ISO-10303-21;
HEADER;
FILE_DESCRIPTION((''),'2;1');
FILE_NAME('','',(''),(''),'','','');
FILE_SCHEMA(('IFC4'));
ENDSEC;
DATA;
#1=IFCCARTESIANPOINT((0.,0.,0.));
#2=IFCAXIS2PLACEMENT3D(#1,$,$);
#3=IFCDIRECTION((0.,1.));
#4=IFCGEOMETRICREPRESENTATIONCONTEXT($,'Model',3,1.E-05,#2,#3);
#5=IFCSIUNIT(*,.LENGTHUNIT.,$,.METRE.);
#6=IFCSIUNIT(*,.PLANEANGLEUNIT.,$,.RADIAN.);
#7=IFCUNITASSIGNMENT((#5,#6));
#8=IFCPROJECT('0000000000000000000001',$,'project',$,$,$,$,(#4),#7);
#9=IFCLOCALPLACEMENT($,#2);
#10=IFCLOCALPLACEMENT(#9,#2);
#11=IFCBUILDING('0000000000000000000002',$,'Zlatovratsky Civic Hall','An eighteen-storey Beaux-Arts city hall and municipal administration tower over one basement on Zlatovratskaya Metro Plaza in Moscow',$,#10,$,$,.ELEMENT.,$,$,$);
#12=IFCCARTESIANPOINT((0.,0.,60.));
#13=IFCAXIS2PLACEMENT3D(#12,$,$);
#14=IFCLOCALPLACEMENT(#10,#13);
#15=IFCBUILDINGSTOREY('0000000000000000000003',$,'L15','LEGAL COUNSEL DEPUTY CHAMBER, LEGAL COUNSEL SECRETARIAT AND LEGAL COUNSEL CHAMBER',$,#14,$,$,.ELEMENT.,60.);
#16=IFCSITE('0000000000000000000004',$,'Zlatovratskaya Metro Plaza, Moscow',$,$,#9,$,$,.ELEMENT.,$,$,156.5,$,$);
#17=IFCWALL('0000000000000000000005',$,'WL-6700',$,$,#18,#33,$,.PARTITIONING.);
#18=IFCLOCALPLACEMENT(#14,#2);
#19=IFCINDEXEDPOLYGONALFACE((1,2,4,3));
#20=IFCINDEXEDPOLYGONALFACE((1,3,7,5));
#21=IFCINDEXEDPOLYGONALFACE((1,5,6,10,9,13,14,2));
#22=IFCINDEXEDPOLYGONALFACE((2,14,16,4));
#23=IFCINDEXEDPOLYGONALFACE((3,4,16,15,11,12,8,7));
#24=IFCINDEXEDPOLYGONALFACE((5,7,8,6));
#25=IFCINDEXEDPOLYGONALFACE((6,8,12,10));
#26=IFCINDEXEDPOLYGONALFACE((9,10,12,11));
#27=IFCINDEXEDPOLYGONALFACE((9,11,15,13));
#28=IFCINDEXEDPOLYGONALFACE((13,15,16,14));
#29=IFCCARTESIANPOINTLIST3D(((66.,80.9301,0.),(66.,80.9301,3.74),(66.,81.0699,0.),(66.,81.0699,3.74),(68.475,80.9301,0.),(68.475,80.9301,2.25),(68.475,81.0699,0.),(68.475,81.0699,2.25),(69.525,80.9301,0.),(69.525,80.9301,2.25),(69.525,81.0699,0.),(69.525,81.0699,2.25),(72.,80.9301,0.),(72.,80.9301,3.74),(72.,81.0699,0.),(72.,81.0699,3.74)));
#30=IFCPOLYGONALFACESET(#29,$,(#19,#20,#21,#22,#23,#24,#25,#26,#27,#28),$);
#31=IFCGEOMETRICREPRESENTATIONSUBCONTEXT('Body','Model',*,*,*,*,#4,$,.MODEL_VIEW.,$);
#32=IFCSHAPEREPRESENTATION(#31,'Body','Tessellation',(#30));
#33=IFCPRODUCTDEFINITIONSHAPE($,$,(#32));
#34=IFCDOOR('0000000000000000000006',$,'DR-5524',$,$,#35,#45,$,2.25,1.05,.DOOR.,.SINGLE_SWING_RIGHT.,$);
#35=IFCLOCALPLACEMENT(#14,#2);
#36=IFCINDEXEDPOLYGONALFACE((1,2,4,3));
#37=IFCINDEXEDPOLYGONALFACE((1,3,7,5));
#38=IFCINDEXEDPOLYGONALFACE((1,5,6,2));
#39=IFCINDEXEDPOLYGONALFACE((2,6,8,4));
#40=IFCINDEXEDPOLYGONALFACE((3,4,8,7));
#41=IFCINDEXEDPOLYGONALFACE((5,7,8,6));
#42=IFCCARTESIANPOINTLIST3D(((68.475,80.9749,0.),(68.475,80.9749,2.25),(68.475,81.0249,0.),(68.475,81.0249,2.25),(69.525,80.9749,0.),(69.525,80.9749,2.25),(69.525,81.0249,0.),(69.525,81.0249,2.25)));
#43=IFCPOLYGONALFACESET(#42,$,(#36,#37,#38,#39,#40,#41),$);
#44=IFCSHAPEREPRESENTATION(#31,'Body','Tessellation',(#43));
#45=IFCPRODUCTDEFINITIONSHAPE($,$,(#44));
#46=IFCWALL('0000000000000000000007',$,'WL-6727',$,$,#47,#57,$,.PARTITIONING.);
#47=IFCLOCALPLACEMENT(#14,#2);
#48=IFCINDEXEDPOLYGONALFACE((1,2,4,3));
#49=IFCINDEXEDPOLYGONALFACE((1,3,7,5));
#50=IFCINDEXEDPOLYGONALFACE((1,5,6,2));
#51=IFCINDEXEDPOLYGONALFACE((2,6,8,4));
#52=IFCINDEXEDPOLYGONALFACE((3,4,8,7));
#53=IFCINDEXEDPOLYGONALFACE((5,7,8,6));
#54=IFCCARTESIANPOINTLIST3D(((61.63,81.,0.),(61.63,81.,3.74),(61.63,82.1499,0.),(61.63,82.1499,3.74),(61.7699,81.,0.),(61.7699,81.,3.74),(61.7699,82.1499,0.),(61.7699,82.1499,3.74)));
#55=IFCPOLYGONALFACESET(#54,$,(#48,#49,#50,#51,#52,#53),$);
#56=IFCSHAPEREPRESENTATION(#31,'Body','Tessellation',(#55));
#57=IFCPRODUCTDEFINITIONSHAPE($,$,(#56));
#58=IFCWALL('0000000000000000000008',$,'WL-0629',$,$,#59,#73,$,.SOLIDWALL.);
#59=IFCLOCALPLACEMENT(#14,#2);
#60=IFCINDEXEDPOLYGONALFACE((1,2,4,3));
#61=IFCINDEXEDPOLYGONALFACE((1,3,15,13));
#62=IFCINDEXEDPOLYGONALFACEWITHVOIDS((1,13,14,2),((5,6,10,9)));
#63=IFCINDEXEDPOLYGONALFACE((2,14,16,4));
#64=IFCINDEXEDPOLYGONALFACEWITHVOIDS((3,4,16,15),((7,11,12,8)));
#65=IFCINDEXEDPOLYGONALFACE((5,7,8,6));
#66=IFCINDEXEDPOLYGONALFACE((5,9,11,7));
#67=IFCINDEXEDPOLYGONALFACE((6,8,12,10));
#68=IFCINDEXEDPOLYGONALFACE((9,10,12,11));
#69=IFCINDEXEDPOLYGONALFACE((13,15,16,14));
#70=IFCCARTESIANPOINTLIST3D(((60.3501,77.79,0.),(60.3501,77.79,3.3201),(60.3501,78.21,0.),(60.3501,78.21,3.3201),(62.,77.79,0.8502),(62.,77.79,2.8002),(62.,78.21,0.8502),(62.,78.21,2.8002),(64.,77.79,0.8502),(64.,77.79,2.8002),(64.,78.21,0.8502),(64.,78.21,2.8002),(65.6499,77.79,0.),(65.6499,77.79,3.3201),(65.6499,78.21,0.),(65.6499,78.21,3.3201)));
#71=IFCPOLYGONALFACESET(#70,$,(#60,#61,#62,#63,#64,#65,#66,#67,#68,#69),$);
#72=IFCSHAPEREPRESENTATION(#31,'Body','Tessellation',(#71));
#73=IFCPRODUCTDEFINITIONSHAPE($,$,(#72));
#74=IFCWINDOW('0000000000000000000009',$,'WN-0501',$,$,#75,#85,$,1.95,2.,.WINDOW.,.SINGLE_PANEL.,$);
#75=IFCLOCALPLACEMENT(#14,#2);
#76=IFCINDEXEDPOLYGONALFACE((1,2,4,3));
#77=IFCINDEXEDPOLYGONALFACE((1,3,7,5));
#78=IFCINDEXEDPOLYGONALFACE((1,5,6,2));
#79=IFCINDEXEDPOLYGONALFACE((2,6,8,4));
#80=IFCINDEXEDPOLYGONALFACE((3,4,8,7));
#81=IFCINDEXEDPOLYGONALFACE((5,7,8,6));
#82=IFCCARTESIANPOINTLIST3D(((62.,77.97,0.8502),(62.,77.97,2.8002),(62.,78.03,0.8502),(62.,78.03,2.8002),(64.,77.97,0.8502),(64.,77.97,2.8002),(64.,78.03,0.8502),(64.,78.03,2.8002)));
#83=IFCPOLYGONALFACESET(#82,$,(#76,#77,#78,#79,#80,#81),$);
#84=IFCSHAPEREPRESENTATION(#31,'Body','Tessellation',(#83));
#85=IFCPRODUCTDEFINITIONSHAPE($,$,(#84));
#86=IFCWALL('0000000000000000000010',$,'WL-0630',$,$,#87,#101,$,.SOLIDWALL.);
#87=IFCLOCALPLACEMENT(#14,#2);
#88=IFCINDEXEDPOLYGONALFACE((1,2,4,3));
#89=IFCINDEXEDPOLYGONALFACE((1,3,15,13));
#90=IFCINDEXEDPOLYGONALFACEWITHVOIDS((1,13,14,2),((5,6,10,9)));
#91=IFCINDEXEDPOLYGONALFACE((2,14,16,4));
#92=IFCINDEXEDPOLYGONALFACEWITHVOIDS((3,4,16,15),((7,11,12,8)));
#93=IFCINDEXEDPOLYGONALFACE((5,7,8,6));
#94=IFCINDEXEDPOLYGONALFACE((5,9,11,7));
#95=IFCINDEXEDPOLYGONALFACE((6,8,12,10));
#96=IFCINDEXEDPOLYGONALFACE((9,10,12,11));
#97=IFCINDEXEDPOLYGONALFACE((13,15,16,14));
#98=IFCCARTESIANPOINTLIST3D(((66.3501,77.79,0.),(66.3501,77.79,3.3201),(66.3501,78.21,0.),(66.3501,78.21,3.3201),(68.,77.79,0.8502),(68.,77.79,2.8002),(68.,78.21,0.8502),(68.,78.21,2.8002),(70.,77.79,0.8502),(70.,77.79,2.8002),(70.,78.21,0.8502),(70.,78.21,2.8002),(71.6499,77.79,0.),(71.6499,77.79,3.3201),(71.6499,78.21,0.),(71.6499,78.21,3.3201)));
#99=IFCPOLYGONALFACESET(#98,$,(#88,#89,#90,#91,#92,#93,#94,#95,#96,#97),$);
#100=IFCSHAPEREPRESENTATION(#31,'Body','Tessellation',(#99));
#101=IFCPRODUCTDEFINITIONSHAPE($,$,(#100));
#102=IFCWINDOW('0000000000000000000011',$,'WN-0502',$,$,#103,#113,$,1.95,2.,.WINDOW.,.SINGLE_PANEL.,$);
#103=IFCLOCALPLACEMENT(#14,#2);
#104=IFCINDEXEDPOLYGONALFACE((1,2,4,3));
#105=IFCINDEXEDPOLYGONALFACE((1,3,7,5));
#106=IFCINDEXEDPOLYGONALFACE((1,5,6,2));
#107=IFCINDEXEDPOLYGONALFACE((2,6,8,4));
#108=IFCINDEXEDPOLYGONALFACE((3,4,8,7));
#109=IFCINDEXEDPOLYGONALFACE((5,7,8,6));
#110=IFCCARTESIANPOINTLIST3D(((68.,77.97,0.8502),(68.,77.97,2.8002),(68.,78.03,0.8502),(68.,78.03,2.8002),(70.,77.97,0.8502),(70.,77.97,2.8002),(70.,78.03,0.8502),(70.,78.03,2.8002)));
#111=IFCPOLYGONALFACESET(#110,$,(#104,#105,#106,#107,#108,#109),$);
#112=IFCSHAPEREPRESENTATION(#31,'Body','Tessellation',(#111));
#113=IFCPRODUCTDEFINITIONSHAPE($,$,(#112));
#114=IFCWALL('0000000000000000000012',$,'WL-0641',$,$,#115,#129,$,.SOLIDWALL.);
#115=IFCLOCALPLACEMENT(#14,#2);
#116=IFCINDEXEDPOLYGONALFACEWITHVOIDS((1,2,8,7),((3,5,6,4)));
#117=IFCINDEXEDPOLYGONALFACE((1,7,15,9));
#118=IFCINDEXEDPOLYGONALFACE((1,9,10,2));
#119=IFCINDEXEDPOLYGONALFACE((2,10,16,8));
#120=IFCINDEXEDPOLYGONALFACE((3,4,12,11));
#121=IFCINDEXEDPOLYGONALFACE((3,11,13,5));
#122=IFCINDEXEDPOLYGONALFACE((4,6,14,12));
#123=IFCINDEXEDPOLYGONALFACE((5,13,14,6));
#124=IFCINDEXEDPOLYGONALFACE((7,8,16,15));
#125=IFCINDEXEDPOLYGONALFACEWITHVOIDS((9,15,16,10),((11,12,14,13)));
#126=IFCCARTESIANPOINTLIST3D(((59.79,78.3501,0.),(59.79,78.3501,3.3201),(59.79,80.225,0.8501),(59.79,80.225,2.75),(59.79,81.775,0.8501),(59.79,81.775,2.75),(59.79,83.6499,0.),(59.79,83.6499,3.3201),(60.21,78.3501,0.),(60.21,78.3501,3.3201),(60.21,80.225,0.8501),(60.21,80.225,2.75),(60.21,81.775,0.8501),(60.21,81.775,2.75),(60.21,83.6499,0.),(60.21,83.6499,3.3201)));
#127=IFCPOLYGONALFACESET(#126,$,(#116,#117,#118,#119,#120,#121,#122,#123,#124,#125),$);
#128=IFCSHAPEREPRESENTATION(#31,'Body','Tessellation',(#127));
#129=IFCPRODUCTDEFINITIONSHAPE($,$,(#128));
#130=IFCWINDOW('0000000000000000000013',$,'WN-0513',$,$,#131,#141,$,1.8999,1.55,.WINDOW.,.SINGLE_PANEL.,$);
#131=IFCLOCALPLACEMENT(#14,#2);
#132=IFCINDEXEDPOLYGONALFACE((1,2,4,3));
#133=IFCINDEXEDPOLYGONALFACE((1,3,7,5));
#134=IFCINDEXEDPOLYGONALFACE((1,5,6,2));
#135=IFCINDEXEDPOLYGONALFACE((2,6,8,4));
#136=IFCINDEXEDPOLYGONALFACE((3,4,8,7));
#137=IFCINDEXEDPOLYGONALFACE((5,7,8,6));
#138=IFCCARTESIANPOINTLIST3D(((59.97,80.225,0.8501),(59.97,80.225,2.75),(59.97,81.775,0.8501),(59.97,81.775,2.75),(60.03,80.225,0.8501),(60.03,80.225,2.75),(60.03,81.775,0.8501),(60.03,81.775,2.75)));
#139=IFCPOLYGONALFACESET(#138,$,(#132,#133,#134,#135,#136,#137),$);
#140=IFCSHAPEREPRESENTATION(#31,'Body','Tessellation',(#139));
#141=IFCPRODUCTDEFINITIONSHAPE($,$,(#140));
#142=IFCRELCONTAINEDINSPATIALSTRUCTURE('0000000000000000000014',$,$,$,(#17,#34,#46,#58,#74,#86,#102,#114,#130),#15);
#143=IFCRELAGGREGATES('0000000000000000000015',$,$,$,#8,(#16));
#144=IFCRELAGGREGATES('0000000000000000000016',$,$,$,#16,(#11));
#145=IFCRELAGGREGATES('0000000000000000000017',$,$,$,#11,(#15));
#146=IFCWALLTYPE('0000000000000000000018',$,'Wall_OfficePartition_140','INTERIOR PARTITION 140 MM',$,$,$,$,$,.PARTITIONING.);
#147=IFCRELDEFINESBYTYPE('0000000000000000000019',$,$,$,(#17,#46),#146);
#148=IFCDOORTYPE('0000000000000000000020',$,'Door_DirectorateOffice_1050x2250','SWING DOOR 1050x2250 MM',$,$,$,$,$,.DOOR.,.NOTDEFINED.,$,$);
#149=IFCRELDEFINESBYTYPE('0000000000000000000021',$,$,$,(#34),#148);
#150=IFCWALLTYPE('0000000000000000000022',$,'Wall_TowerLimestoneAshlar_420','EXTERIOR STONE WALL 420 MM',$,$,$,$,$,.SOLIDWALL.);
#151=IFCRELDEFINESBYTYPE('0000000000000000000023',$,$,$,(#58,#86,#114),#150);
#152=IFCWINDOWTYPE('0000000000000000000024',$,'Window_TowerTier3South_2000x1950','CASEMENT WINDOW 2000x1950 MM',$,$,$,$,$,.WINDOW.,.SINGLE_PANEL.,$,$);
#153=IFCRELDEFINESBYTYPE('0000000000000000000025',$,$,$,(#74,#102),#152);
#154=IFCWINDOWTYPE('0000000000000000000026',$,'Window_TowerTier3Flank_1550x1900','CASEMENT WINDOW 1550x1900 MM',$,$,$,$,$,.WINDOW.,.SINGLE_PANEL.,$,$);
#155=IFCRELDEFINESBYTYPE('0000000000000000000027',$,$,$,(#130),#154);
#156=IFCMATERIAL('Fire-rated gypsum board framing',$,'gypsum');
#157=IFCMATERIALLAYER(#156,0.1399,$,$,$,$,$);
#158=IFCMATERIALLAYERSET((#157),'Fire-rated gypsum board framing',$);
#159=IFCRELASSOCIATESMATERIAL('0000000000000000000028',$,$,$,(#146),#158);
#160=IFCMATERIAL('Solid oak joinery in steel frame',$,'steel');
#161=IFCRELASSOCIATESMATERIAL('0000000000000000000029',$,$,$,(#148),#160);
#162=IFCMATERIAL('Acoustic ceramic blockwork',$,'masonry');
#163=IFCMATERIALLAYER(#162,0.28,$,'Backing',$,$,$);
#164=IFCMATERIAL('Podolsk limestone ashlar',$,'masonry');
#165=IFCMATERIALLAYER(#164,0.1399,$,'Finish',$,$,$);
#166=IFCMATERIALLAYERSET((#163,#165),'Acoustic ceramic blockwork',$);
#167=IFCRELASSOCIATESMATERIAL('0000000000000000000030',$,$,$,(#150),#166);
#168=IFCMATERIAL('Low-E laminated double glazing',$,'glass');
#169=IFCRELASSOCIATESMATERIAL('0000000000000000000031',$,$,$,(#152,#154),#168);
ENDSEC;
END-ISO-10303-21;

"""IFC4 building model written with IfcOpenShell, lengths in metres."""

from ifc_helpers import new_model, si_unit, direction, frame, frame_2d, origin, place, context, subcontext, project, spatial, rectangle, extrude, material, layer, layer_set, type_object, element, fill, save


model = new_model("IFC4")

# Units and contexts
model_context = context("Model", 3, precision=1e-05, world=origin(), true_north=direction((0.0, 1.0)))
body_context = subcontext(model_context, "Body", "Model", "MODEL_VIEW")
ifc_project = project(units=[si_unit("LENGTHUNIT", "METRE"), si_unit("PLANEANGLEUNIT", "RADIAN")], contexts=[model_context])

# Site, building, storey
site_placement = place(None, origin())
site = spatial("IfcSite", under=ifc_project, at=site_placement, Name="Zlatovratskaya Metro Plaza, Moscow", CompositionType="ELEMENT", RefElevation=156.5)
building_placement = place(site_placement, origin())
building = spatial("IfcBuilding", under=site, at=building_placement, Name="Zlatovratsky Civic Hall", Description="An eighteen-storey Beaux-Arts city hall and municipal administration tower over one basement on Zlatovratskaya Metro Plaza in Moscow", CompositionType="ELEMENT")
storey_placement = place(building_placement, frame((0.0, 0.0, 60.0)))
storey = spatial("IfcBuildingStorey", under=building, at=storey_placement, Name="L15", Description="LEGAL COUNSEL DEPUTY CHAMBER, LEGAL COUNSEL SECRETARIAT AND LEGAL COUNSEL CHAMBER", CompositionType="ELEMENT", Elevation=60.0)

# Shared definitions
ifc_material_1 = material(Name="Acoustic ceramic blockwork", Category="masonry")

# Wall, opening, door
ifc_material_2 = material(Name="Fire-rated gypsum board framing", Category="gypsum")
ifc_layer_1 = layer(ifc_material_2, 0.1399)
ifc_layer_set_1 = layer_set([ifc_layer_1], Name="Fire-rated gypsum board framing")
wall_type_1 = type_object("IfcWallType", Name="Wall_OfficePartition_140", Description="INTERIOR PARTITION 140 MM", PredefinedType="PARTITIONING", material=ifc_layer_set_1)
wall_1_placement = place(storey_placement, frame((66.0, 81.0, 0.0), z_axis=(0.0, 0.0, 1.0), x_axis=(1.0, 0.0, 0.0)))
wall_1 = element("IfcWall", 1, at=wall_1_placement, inside=storey, type_object=wall_type_1, Name="WL-6700", PredefinedType="PARTITIONING", context=body_context, shape_type="SweptSolid", body=[
    extrude(rectangle(XDim=6.0, YDim=0.1399, at=frame_2d((3.0, 0.0))), origin(), (0.0, 0.0, 1.0), 3.74),
])
opening_1_placement = place(wall_1_placement, frame((2.4751, 0.0, 0.0)))
opening_1 = element("IfcOpeningElement", 2, at=opening_1_placement, cuts=wall_1, PredefinedType="OPENING", context=body_context, shape_type="SweptSolid", body=[
    extrude(rectangle(XDim=1.05, YDim=2.25, at=frame_2d((0.5249, 1.125))), frame((0.0, 0.085, 0.0), z_axis=(0.0, -1.0, 0.0), x_axis=(1.0, 0.0, 0.0)), (0.0, 0.0, 1.0), 0.1697),
])
ifc_material_3 = material(Name="Solid oak joinery in steel frame", Category="steel")
door_type = type_object("IfcDoorType", Name="Door_DirectorateOffice_1050x2250", Description="SWING DOOR 1050x2250 MM", OperationType="NOTDEFINED", PredefinedType="DOOR", material=ifc_material_3)
door_placement = place(opening_1_placement, origin())
door = element("IfcDoor", 3, at=door_placement, inside=storey, type_object=door_type, Name="DR-5524", OperationType="SINGLE_SWING_RIGHT", OverallHeight=2.25, OverallWidth=1.05, PredefinedType="DOOR", context=body_context, shape_type="SweptSolid", body=[
    extrude(rectangle(XDim=1.05, YDim=2.25, at=frame_2d((0.5249, 1.125))), frame((0.0, 0.0249, 0.0), z_axis=(0.0, -1.0, 0.0), x_axis=(1.0, 0.0, 0.0)), (0.0, 0.0, 1.0), 0.05),
])
fill(opening_1, door)

# Wall
wall_2_placement = place(storey_placement, frame((61.7, 81.0, 0.0), z_axis=(0.0, 0.0, 1.0), x_axis=(0.0, 1.0, 0.0)))
element("IfcWall", 4, at=wall_2_placement, inside=storey, type_object=wall_type_1, Name="WL-6727", PredefinedType="PARTITIONING", context=body_context, shape_type="SweptSolid", body=[
    extrude(rectangle(XDim=1.1499, YDim=0.1399, at=frame_2d((0.575, 0.0))), origin(), (0.0, 0.0, 1.0), 3.74),
])

# Walls, openings, windows
ifc_layer_2 = layer(ifc_material_1, 0.28, Name="Backing")
ifc_material_4 = material(Name="Podolsk limestone ashlar", Category="masonry")
ifc_layer_3 = layer(ifc_material_4, 0.1399, Name="Finish")
ifc_layer_set_2 = layer_set([ifc_layer_2, ifc_layer_3], Name="Acoustic ceramic blockwork")
wall_type_2 = type_object("IfcWallType", Name="Wall_TowerLimestoneAshlar_420", Description="EXTERIOR STONE WALL 420 MM", PredefinedType="SOLIDWALL", material=ifc_layer_set_2)
wall_3_placement = place(storey_placement, frame((60.3501, 78.0, 0.0), z_axis=(0.0, 0.0, 1.0), x_axis=(1.0, 0.0, 0.0)))
wall_3 = element("IfcWall", 5, at=wall_3_placement, inside=storey, type_object=wall_type_2, Name="WL-0629", PredefinedType="SOLIDWALL", context=body_context, shape_type="SweptSolid", body=[
    extrude(rectangle(XDim=5.2998, YDim=0.4199, at=frame_2d((2.6499, 0.0))), origin(), (0.0, 0.0, 1.0), 3.3201),
])
opening_2_placement = place(wall_3_placement, frame((1.6499, 0.0, 0.8501)))
opening_2 = element("IfcOpeningElement", 6, at=opening_2_placement, cuts=wall_3, PredefinedType="OPENING", context=body_context, shape_type="SweptSolid", body=[
    extrude(rectangle(XDim=2.0, YDim=1.95, at=frame_2d((1.0, 0.9751))), frame((0.0, 0.2249, 0.0), z_axis=(0.0, -1.0, 0.0), x_axis=(1.0, 0.0, 0.0)), (0.0, 0.0, 1.0), 0.4497),
])
ifc_material_5 = material(Name="Low-E laminated double glazing", Category="glass")
window_type_1 = type_object("IfcWindowType", Name="Window_TowerTier3South_2000x1950", Description="CASEMENT WINDOW 2000x1950 MM", PartitioningType="SINGLE_PANEL", PredefinedType="WINDOW", material=ifc_material_5)
window_1_placement = place(opening_2_placement, origin())
window_1 = element("IfcWindow", 7, at=window_1_placement, inside=storey, type_object=window_type_1, Name="WN-0501", OverallHeight=1.95, OverallWidth=2.0, PartitioningType="SINGLE_PANEL", PredefinedType="WINDOW", context=body_context, shape_type="SweptSolid", body=[
    extrude(rectangle(XDim=2.0, YDim=1.95, at=frame_2d((1.0, 0.9751))), frame((0.0, 0.03, 0.0), z_axis=(0.0, -1.0, 0.0), x_axis=(1.0, 0.0, 0.0)), (0.0, 0.0, 1.0), 0.0601),
])
fill(opening_2, window_1)
wall_4_placement = place(storey_placement, frame((66.3501, 78.0, 0.0), z_axis=(0.0, 0.0, 1.0), x_axis=(1.0, 0.0, 0.0)))
wall_4 = element("IfcWall", 8, at=wall_4_placement, inside=storey, type_object=wall_type_2, Name="WL-0630", PredefinedType="SOLIDWALL", context=body_context, shape_type="SweptSolid", body=[
    extrude(rectangle(XDim=5.2998, YDim=0.4199, at=frame_2d((2.6499, 0.0))), origin(), (0.0, 0.0, 1.0), 3.3201),
])
opening_3_placement = place(wall_4_placement, frame((1.6499, 0.0, 0.8501)))
opening_3 = element("IfcOpeningElement", 9, at=opening_3_placement, cuts=wall_4, PredefinedType="OPENING", context=body_context, shape_type="SweptSolid", body=[
    extrude(rectangle(XDim=2.0, YDim=1.95, at=frame_2d((1.0, 0.9751))), frame((0.0, 0.2249, 0.0), z_axis=(0.0, -1.0, 0.0), x_axis=(1.0, 0.0, 0.0)), (0.0, 0.0, 1.0), 0.4497),
])
window_2_placement = place(opening_3_placement, origin())
window_2 = element("IfcWindow", 10, at=window_2_placement, inside=storey, type_object=window_type_1, Name="WN-0502", OverallHeight=1.95, OverallWidth=2.0, PartitioningType="SINGLE_PANEL", PredefinedType="WINDOW", context=body_context, shape_type="SweptSolid", body=[
    extrude(rectangle(XDim=2.0, YDim=1.95, at=frame_2d((1.0, 0.9751))), frame((0.0, 0.03, 0.0), z_axis=(0.0, -1.0, 0.0), x_axis=(1.0, 0.0, 0.0)), (0.0, 0.0, 1.0), 0.0601),
])
fill(opening_3, window_2)
wall_5_placement = place(storey_placement, frame((60.0, 78.3501, 0.0), z_axis=(0.0, 0.0, 1.0), x_axis=(0.0, 1.0, 0.0)))
wall_5 = element("IfcWall", 11, at=wall_5_placement, inside=storey, type_object=wall_type_2, Name="WL-0641", PredefinedType="SOLIDWALL", context=body_context, shape_type="SweptSolid", body=[
    extrude(rectangle(XDim=5.2998, YDim=0.4199, at=frame_2d((2.6499, 0.0))), origin(), (0.0, 0.0, 1.0), 3.3201),
])
opening_4_placement = place(wall_5_placement, frame((1.875, 0.0, 0.8501)))
opening_4 = element("IfcOpeningElement", 12, at=opening_4_placement, cuts=wall_5, PredefinedType="OPENING", context=body_context, shape_type="SweptSolid", body=[
    extrude(rectangle(XDim=1.55, YDim=1.8999, at=frame_2d((0.7749, 0.95))), frame((0.0, 0.2249, 0.0), z_axis=(0.0, -1.0, 0.0), x_axis=(1.0, 0.0, 0.0)), (0.0, 0.0, 1.0), 0.4497),
])
window_type_2 = type_object("IfcWindowType", Name="Window_TowerTier3Flank_1550x1900", Description="CASEMENT WINDOW 1550x1900 MM", PartitioningType="SINGLE_PANEL", PredefinedType="WINDOW", material=ifc_material_5)
window_3_placement = place(opening_4_placement, origin())
window_3 = element("IfcWindow", 13, at=window_3_placement, inside=storey, type_object=window_type_2, Name="WN-0513", OverallHeight=1.8999, OverallWidth=1.55, PartitioningType="SINGLE_PANEL", PredefinedType="WINDOW", context=body_context, shape_type="SweptSolid", body=[
    extrude(rectangle(XDim=1.55, YDim=1.8999, at=frame_2d((0.7749, 0.95))), frame((0.0, 0.03, 0.0), z_axis=(0.0, -1.0, 0.0), x_axis=(1.0, 0.0, 0.0)), (0.0, 0.0, 1.0), 0.0601),
])
fill(opening_4, window_3)

save(model, "model.ifc")
